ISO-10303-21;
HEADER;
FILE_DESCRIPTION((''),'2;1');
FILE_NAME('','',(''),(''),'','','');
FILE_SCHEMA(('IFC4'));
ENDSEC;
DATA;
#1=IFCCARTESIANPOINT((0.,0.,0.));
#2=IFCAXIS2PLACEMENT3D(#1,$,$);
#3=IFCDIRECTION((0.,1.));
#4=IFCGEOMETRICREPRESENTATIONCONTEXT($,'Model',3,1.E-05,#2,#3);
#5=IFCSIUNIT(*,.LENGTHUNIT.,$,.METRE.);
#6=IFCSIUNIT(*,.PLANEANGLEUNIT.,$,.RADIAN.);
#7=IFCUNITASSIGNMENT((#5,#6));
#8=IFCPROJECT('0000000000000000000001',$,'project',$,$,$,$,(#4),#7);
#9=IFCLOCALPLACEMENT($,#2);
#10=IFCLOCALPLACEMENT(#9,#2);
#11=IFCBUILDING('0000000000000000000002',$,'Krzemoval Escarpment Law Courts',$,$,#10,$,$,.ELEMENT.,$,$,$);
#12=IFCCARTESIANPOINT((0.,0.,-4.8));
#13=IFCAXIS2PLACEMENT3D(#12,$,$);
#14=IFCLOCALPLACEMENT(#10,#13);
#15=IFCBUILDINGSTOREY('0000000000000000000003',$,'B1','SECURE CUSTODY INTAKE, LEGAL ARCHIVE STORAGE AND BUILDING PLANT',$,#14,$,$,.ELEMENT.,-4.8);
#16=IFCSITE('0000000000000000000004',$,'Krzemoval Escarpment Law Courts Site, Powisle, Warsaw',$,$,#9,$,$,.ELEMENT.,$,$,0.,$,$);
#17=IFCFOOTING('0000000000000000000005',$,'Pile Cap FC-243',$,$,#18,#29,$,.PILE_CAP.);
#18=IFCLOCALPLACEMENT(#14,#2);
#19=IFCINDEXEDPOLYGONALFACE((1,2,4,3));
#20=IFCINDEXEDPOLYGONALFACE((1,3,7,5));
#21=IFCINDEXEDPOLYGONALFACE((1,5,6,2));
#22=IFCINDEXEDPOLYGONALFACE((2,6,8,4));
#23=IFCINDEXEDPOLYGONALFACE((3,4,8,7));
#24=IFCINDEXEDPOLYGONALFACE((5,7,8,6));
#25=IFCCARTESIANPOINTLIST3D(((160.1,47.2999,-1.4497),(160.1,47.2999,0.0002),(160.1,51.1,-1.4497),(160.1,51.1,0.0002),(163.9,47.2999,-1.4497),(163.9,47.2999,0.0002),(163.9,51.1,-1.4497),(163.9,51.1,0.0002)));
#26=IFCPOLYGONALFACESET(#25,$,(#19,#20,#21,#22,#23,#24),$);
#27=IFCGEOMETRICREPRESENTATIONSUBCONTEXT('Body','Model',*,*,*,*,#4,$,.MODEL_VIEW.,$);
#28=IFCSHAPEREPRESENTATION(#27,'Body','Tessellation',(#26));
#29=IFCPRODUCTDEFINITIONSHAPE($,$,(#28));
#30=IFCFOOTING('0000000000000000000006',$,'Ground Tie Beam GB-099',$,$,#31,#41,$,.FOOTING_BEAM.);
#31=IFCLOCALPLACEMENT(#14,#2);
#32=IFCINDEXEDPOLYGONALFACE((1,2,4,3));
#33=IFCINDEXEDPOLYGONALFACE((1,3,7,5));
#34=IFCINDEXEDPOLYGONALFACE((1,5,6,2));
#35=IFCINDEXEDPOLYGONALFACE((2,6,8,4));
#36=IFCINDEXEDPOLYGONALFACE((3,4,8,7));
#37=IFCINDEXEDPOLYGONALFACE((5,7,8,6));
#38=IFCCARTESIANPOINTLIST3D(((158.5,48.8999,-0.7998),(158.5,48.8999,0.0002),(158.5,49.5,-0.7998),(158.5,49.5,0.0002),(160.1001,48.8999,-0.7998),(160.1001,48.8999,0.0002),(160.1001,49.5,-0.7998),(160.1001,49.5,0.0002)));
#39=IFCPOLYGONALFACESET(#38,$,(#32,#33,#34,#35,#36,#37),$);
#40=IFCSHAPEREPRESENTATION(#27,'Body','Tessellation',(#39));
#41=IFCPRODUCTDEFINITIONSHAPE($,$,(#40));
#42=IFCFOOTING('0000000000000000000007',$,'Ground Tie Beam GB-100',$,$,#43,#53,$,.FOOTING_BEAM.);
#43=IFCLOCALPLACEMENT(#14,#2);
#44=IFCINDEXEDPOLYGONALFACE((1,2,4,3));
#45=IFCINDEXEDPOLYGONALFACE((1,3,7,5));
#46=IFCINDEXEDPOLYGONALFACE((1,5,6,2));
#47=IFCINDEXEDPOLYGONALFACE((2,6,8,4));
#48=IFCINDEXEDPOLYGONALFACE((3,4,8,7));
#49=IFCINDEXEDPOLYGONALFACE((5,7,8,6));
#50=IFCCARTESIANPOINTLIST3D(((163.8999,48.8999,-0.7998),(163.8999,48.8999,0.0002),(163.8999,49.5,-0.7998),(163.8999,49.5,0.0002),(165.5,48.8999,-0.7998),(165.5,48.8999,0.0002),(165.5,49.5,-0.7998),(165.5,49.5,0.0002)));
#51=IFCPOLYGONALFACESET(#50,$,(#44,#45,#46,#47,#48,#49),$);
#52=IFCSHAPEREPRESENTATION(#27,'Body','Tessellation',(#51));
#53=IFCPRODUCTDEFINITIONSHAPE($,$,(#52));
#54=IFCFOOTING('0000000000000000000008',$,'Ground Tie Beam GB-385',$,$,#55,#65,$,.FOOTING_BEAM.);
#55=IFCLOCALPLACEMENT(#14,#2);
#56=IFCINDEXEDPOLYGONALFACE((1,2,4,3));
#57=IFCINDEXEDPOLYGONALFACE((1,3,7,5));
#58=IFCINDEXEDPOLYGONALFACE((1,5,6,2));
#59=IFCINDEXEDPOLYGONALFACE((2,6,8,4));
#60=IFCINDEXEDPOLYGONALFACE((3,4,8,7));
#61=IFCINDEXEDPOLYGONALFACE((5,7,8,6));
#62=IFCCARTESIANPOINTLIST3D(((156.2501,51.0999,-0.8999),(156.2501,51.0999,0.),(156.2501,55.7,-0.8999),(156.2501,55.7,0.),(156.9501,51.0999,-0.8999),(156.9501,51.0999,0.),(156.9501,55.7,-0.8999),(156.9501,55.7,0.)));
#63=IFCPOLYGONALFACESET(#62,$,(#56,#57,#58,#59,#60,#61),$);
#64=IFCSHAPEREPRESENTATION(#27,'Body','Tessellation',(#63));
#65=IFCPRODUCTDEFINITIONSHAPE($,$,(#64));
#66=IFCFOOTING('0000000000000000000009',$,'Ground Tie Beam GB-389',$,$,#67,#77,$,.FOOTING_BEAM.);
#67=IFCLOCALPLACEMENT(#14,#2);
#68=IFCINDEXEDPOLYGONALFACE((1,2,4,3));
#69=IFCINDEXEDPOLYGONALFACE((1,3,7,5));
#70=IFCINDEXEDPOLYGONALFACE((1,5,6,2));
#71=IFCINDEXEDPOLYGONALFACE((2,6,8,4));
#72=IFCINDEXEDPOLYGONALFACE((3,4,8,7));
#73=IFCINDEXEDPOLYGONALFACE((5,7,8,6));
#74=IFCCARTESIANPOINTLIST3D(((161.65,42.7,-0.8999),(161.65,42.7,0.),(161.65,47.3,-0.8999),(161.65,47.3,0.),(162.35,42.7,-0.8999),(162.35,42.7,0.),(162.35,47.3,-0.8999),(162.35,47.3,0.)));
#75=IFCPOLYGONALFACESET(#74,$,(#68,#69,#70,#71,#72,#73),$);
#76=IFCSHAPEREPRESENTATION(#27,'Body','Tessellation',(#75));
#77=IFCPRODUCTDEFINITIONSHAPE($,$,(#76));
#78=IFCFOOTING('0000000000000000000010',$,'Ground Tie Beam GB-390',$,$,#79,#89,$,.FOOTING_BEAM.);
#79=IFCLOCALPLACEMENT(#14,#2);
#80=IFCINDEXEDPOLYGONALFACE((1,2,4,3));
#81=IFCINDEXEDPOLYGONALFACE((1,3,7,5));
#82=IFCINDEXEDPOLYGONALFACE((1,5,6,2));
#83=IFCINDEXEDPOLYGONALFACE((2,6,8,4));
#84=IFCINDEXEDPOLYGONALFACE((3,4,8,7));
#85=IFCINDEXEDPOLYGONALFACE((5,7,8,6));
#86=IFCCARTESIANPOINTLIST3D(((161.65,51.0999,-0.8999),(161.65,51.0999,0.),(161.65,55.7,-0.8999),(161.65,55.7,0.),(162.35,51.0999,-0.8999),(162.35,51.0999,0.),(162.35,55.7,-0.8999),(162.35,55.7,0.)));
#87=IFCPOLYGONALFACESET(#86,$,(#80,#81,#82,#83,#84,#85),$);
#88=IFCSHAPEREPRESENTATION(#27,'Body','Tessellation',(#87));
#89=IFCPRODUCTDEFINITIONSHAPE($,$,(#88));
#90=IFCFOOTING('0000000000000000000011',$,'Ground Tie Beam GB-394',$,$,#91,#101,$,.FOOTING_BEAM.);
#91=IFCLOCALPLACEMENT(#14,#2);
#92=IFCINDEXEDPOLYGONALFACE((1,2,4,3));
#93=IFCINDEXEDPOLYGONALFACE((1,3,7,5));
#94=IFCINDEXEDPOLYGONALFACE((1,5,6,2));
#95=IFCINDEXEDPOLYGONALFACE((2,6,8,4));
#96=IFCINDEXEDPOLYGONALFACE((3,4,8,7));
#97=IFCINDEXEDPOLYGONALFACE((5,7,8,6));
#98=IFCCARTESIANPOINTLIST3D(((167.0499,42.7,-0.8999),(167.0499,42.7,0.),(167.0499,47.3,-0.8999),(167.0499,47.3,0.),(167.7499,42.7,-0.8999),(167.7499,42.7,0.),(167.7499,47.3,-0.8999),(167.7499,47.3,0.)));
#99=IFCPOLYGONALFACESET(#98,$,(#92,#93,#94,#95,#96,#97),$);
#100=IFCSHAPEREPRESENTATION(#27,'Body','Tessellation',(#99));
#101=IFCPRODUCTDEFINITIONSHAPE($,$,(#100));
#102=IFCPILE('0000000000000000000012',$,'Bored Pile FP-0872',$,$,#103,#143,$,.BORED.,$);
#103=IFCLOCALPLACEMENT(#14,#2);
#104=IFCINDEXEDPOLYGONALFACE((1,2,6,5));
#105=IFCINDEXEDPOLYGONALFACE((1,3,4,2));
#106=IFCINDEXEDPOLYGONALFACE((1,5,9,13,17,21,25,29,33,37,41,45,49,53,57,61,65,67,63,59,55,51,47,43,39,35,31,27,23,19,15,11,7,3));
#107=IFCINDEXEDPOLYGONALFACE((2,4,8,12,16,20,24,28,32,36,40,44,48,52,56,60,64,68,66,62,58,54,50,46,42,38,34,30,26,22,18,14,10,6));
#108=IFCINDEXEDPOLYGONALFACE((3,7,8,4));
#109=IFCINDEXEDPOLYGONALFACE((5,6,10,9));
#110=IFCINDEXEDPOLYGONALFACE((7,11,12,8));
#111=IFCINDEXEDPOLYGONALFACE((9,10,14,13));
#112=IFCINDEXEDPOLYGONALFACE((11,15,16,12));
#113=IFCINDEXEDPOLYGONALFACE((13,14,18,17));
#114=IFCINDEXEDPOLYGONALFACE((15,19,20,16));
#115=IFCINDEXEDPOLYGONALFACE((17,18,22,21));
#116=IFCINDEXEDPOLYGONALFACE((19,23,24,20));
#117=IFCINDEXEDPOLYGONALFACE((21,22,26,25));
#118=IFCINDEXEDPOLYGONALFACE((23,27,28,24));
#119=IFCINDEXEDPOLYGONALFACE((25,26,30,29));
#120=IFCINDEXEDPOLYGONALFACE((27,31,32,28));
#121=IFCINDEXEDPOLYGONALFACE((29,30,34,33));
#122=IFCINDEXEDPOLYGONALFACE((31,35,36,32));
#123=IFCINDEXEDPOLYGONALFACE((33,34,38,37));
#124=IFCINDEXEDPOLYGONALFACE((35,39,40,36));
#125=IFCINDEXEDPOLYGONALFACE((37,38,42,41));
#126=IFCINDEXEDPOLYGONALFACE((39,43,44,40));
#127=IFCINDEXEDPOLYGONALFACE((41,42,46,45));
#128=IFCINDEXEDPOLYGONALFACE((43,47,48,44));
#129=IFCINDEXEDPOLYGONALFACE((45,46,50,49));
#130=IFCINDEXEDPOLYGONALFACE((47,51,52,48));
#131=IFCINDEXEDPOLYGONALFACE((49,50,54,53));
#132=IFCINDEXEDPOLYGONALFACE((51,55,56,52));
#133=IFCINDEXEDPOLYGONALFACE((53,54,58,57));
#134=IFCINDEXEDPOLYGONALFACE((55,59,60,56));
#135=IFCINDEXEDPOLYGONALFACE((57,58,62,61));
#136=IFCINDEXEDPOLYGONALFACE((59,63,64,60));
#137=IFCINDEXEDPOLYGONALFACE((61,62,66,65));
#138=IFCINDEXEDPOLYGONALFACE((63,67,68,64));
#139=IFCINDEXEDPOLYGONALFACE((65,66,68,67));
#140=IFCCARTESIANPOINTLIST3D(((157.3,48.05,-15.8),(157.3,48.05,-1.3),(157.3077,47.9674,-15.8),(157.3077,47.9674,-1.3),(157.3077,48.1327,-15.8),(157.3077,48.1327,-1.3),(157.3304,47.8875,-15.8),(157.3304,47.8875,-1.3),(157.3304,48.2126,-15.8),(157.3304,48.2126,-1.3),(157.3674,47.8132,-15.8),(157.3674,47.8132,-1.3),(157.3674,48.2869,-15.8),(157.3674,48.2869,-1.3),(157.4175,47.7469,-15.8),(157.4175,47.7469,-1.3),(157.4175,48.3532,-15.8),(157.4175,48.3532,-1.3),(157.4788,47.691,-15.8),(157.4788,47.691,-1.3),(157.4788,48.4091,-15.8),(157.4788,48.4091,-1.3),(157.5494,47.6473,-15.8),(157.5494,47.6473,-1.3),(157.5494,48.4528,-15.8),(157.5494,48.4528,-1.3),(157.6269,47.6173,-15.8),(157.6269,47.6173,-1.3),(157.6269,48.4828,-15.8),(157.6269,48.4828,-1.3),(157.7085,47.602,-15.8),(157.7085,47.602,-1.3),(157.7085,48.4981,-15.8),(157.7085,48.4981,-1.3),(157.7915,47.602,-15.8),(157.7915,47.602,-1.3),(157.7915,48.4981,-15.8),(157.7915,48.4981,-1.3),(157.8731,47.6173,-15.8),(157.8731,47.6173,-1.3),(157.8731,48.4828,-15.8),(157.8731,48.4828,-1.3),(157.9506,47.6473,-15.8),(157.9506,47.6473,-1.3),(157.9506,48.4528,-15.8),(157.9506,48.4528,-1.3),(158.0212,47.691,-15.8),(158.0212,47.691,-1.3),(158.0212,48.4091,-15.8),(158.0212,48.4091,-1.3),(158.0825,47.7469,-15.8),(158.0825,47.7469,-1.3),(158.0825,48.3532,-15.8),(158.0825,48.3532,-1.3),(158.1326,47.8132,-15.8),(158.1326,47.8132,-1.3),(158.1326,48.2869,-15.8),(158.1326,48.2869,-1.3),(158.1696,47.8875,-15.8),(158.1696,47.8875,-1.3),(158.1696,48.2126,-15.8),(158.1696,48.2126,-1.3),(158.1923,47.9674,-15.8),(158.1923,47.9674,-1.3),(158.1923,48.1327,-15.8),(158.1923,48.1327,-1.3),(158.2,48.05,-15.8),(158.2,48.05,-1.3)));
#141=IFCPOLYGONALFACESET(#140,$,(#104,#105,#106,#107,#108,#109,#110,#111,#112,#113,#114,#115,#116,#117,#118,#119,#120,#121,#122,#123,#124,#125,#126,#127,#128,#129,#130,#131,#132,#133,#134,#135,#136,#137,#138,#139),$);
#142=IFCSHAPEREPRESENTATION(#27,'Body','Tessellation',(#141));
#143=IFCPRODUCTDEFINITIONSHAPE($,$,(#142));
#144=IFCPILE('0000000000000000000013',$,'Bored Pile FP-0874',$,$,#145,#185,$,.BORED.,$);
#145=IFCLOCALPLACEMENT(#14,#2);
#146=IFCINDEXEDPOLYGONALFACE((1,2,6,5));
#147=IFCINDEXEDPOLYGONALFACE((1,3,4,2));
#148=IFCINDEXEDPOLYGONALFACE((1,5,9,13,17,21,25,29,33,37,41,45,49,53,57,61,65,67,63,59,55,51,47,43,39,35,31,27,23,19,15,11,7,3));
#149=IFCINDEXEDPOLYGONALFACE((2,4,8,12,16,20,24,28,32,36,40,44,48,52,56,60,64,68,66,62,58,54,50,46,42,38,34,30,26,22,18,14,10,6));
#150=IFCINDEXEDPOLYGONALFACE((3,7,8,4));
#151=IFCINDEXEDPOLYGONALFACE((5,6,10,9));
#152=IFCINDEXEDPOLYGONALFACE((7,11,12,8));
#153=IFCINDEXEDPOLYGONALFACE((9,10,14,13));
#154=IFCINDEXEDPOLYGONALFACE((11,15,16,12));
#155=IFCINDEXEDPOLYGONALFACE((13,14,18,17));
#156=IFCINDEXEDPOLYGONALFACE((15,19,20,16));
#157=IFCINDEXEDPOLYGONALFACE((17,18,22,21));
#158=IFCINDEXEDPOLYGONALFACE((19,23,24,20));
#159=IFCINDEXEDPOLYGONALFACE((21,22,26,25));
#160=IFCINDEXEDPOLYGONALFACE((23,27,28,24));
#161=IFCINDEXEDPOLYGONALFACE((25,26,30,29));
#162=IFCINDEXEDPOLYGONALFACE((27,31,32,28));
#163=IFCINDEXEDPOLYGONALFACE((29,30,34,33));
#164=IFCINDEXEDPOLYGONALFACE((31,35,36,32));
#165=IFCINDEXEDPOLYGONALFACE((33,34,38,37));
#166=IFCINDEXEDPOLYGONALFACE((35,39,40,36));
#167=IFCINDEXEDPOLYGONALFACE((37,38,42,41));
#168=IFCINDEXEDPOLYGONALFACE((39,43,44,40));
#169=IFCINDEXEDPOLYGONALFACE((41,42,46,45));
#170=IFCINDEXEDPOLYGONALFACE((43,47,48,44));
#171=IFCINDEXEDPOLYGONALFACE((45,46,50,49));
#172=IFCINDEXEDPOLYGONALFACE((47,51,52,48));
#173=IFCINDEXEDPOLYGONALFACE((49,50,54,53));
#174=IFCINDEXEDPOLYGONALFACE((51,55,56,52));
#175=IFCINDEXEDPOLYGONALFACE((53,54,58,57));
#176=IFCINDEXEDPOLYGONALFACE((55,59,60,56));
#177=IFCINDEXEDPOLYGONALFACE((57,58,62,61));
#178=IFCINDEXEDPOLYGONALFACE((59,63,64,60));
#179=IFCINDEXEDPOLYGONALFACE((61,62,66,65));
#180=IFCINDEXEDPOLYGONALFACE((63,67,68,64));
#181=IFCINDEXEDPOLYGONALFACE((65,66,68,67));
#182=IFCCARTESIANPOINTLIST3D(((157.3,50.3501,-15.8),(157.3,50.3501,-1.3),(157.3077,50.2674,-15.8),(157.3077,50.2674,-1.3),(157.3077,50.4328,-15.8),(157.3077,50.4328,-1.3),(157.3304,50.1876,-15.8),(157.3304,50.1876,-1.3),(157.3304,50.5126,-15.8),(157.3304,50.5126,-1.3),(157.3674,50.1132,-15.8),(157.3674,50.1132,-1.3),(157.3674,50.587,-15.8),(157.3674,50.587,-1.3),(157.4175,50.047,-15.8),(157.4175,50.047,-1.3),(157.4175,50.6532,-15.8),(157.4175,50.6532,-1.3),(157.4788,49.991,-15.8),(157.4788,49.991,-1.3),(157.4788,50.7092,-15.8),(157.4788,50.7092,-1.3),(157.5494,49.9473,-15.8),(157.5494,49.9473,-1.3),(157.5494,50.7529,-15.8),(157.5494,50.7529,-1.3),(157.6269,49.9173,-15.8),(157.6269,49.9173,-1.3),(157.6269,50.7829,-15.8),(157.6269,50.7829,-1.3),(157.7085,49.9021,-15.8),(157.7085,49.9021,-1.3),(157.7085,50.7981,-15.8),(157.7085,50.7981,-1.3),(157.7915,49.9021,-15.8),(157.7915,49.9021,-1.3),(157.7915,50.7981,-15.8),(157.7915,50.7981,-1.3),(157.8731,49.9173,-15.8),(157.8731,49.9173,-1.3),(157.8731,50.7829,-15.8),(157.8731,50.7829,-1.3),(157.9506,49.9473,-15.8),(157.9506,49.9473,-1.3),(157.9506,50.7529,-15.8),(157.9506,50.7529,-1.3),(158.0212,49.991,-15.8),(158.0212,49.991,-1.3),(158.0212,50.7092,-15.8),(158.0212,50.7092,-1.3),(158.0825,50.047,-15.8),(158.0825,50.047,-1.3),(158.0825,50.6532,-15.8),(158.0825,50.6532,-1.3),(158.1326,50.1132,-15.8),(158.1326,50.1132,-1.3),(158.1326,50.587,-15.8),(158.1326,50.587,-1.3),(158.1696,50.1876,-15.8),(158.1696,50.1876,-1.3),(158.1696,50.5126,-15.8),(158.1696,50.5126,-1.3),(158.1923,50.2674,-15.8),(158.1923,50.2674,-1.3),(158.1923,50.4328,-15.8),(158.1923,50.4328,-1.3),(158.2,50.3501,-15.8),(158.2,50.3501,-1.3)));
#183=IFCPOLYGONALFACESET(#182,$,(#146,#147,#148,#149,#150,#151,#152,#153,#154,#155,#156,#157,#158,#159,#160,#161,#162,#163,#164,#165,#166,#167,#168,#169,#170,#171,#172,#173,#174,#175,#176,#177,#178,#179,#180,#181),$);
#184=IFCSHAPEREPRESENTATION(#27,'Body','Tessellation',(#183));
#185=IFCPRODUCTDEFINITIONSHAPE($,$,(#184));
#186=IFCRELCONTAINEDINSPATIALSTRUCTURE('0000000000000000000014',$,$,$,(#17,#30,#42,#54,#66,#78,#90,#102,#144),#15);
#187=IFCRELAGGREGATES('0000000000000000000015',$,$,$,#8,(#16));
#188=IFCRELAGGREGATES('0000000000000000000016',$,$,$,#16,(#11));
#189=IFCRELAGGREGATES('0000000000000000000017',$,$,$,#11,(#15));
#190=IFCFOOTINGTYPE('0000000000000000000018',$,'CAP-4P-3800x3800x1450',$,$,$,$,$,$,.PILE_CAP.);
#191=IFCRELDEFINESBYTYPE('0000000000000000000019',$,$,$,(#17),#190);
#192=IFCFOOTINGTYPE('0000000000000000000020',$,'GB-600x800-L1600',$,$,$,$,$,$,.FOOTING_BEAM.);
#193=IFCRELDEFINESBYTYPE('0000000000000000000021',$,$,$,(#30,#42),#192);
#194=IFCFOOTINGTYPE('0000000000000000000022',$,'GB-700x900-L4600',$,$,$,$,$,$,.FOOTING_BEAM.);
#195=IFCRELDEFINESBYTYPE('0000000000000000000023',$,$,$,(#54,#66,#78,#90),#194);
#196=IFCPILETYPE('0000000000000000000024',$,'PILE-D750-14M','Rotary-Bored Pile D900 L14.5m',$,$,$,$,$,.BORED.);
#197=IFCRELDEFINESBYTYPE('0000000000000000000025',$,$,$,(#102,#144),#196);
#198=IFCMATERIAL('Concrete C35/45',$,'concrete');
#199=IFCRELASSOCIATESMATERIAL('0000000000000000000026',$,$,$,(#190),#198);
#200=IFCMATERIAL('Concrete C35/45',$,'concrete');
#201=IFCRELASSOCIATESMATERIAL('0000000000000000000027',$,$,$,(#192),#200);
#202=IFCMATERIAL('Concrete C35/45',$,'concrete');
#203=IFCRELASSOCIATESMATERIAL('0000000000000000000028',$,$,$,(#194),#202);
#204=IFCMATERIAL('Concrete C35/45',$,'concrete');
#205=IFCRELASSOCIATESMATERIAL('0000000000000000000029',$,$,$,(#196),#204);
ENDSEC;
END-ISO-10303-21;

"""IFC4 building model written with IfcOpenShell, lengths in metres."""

from ifc_helpers import new_model, si_unit, direction, frame, origin, origin_2d, place, context, subcontext, project, spatial, rectangle, circle, extrude, material, material_profile, profile_set, type_object, element, save


model = new_model("IFC4")

# Units and contexts
model_context = context("Model", 3, precision=1e-05, world=origin(), true_north=direction((0.0, 1.0)))
body_context = subcontext(model_context, "Body", "Model", "MODEL_VIEW")
ifc_project = project(units=[si_unit("LENGTHUNIT", "METRE"), si_unit("PLANEANGLEUNIT", "RADIAN")], contexts=[model_context])

# Site, building, storey
site_placement = place(None, origin())
site = spatial("IfcSite", under=ifc_project, at=site_placement, Name="Krzemoval Escarpment Law Courts Site, Powisle, Warsaw", CompositionType="ELEMENT", RefElevation=0.0)
building_placement = place(site_placement, origin())
building = spatial("IfcBuilding", under=site, at=building_placement, Name="Krzemoval Escarpment Law Courts", CompositionType="ELEMENT")
storey_placement = place(building_placement, frame((0.0, 0.0, -4.8)))
storey = spatial("IfcBuildingStorey", under=building, at=storey_placement, Name="B1", Description="SECURE CUSTODY INTAKE, LEGAL ARCHIVE STORAGE AND BUILDING PLANT", CompositionType="ELEMENT", Elevation=-4.8)

# Footings
ifc_material_1 = material(Name="Concrete C35/45", Category="concrete")
footing_type_1 = type_object("IfcFootingType", Name="CAP-4P-3800x3800x1450", PredefinedType="PILE_CAP", material=ifc_material_1)
footing_placement = place(storey_placement, frame((162.0, 49.2, -1.4497), z_axis=(0.0, 0.0, 1.0), x_axis=(1.0, 0.0, 0.0)))
element("IfcFooting", 1, at=footing_placement, inside=storey, type_object=footing_type_1, Name="Pile Cap FC-243", PredefinedType="PILE_CAP", context=body_context, shape_type="SweptSolid", body=[
    extrude(rectangle(XDim=3.8, YDim=3.8, at=origin_2d()), origin(), (0.0, 0.0, 1.0), 1.45),
])
ifc_material_2 = material(Name="Concrete C35/45", Category="concrete")
footing_type_2 = type_object("IfcFootingType", Name="GB-600x800-L1600", PredefinedType="FOOTING_BEAM", material=ifc_material_2)
for number, where, z_axis, x_axis, name in (
    (2, (159.3, 49.2, -0.7998), (0.0, 0.0, 1.0), (1.0, 0.0, 0.0), "Ground Tie Beam GB-099"),
    (3, (164.7, 49.2, -0.7998), (0.0, 0.0, 1.0), (1.0, 0.0, 0.0), "Ground Tie Beam GB-100"),
):
    element("IfcFooting", number, at=place(storey_placement, frame(where, z_axis=z_axis, x_axis=x_axis)), inside=storey, type_object=footing_type_2, Name=name, PredefinedType="FOOTING_BEAM", context=body_context, shape_type="SweptSolid", body=[
        extrude(rectangle(XDim=1.6001, YDim=0.6001, at=origin_2d()), origin(), (0.0, 0.0, 1.0), 0.8),
    ])
ifc_material_3 = material(Name="Concrete C35/45", Category="concrete")
footing_type_3 = type_object("IfcFootingType", Name="GB-700x900-L4600", PredefinedType="FOOTING_BEAM", material=ifc_material_3)
for number, where, z_axis, x_axis, name in (
    (4, (156.6001, 53.3999, -0.8999), (0.0, 0.0, 1.0), (0.0, 1.0, 0.0), "Ground Tie Beam GB-385"),
    (5, (162.0, 45.0, -0.8999), (0.0, 0.0, 1.0), (0.0, 1.0, 0.0), "Ground Tie Beam GB-389"),
    (6, (162.0, 53.3999, -0.8999), (0.0, 0.0, 1.0), (0.0, 1.0, 0.0), "Ground Tie Beam GB-390"),
    (7, (167.3999, 45.0, -0.8999), (0.0, 0.0, 1.0), (0.0, 1.0, 0.0), "Ground Tie Beam GB-394"),
):
    element("IfcFooting", number, at=place(storey_placement, frame(where, z_axis=z_axis, x_axis=x_axis)), inside=storey, type_object=footing_type_3, Name=name, PredefinedType="FOOTING_BEAM", context=body_context, shape_type="SweptSolid", body=[
        extrude(rectangle(XDim=4.6001, YDim=0.7, at=origin_2d()), origin(), (0.0, 0.0, 1.0), 0.8999),
    ])

# Piles
ifc_material_4 = material(Name="Concrete C35/45", Category="concrete")
ifc_material_profile_1 = material_profile(ifc_material_4, circle(Radius=0.45, at=origin_2d()), Name="PILE D900")
ifc_profile_set_1 = profile_set([ifc_material_profile_1], Name="Concrete C35/45")
pile_type = type_object("IfcPileType", Name="PILE-D750-14M", Description="Rotary-Bored Pile D900 L14.5m", PredefinedType="BORED", material=ifc_profile_set_1)
for number, where, z_axis, x_axis, name in (
    (8, (157.75, 48.05, -1.3), (0.0, 0.0, -1.0), (1.0, 0.0, 0.0), "Bored Pile FP-0872"),
    (9, (157.75, 50.3501, -1.3), (0.0, 0.0, -1.0), (1.0, 0.0, 0.0), "Bored Pile FP-0874"),
):
    element("IfcPile", number, at=place(storey_placement, frame(where, z_axis=z_axis, x_axis=x_axis)), inside=storey, type_object=pile_type, Name=name, PredefinedType="BORED", context=body_context, shape_type="SweptSolid", body=[
        extrude(circle(Radius=0.45, at=origin_2d()), origin(), (0.0, 0.0, 1.0), 14.5),
    ])

save(model, "model.ifc")
